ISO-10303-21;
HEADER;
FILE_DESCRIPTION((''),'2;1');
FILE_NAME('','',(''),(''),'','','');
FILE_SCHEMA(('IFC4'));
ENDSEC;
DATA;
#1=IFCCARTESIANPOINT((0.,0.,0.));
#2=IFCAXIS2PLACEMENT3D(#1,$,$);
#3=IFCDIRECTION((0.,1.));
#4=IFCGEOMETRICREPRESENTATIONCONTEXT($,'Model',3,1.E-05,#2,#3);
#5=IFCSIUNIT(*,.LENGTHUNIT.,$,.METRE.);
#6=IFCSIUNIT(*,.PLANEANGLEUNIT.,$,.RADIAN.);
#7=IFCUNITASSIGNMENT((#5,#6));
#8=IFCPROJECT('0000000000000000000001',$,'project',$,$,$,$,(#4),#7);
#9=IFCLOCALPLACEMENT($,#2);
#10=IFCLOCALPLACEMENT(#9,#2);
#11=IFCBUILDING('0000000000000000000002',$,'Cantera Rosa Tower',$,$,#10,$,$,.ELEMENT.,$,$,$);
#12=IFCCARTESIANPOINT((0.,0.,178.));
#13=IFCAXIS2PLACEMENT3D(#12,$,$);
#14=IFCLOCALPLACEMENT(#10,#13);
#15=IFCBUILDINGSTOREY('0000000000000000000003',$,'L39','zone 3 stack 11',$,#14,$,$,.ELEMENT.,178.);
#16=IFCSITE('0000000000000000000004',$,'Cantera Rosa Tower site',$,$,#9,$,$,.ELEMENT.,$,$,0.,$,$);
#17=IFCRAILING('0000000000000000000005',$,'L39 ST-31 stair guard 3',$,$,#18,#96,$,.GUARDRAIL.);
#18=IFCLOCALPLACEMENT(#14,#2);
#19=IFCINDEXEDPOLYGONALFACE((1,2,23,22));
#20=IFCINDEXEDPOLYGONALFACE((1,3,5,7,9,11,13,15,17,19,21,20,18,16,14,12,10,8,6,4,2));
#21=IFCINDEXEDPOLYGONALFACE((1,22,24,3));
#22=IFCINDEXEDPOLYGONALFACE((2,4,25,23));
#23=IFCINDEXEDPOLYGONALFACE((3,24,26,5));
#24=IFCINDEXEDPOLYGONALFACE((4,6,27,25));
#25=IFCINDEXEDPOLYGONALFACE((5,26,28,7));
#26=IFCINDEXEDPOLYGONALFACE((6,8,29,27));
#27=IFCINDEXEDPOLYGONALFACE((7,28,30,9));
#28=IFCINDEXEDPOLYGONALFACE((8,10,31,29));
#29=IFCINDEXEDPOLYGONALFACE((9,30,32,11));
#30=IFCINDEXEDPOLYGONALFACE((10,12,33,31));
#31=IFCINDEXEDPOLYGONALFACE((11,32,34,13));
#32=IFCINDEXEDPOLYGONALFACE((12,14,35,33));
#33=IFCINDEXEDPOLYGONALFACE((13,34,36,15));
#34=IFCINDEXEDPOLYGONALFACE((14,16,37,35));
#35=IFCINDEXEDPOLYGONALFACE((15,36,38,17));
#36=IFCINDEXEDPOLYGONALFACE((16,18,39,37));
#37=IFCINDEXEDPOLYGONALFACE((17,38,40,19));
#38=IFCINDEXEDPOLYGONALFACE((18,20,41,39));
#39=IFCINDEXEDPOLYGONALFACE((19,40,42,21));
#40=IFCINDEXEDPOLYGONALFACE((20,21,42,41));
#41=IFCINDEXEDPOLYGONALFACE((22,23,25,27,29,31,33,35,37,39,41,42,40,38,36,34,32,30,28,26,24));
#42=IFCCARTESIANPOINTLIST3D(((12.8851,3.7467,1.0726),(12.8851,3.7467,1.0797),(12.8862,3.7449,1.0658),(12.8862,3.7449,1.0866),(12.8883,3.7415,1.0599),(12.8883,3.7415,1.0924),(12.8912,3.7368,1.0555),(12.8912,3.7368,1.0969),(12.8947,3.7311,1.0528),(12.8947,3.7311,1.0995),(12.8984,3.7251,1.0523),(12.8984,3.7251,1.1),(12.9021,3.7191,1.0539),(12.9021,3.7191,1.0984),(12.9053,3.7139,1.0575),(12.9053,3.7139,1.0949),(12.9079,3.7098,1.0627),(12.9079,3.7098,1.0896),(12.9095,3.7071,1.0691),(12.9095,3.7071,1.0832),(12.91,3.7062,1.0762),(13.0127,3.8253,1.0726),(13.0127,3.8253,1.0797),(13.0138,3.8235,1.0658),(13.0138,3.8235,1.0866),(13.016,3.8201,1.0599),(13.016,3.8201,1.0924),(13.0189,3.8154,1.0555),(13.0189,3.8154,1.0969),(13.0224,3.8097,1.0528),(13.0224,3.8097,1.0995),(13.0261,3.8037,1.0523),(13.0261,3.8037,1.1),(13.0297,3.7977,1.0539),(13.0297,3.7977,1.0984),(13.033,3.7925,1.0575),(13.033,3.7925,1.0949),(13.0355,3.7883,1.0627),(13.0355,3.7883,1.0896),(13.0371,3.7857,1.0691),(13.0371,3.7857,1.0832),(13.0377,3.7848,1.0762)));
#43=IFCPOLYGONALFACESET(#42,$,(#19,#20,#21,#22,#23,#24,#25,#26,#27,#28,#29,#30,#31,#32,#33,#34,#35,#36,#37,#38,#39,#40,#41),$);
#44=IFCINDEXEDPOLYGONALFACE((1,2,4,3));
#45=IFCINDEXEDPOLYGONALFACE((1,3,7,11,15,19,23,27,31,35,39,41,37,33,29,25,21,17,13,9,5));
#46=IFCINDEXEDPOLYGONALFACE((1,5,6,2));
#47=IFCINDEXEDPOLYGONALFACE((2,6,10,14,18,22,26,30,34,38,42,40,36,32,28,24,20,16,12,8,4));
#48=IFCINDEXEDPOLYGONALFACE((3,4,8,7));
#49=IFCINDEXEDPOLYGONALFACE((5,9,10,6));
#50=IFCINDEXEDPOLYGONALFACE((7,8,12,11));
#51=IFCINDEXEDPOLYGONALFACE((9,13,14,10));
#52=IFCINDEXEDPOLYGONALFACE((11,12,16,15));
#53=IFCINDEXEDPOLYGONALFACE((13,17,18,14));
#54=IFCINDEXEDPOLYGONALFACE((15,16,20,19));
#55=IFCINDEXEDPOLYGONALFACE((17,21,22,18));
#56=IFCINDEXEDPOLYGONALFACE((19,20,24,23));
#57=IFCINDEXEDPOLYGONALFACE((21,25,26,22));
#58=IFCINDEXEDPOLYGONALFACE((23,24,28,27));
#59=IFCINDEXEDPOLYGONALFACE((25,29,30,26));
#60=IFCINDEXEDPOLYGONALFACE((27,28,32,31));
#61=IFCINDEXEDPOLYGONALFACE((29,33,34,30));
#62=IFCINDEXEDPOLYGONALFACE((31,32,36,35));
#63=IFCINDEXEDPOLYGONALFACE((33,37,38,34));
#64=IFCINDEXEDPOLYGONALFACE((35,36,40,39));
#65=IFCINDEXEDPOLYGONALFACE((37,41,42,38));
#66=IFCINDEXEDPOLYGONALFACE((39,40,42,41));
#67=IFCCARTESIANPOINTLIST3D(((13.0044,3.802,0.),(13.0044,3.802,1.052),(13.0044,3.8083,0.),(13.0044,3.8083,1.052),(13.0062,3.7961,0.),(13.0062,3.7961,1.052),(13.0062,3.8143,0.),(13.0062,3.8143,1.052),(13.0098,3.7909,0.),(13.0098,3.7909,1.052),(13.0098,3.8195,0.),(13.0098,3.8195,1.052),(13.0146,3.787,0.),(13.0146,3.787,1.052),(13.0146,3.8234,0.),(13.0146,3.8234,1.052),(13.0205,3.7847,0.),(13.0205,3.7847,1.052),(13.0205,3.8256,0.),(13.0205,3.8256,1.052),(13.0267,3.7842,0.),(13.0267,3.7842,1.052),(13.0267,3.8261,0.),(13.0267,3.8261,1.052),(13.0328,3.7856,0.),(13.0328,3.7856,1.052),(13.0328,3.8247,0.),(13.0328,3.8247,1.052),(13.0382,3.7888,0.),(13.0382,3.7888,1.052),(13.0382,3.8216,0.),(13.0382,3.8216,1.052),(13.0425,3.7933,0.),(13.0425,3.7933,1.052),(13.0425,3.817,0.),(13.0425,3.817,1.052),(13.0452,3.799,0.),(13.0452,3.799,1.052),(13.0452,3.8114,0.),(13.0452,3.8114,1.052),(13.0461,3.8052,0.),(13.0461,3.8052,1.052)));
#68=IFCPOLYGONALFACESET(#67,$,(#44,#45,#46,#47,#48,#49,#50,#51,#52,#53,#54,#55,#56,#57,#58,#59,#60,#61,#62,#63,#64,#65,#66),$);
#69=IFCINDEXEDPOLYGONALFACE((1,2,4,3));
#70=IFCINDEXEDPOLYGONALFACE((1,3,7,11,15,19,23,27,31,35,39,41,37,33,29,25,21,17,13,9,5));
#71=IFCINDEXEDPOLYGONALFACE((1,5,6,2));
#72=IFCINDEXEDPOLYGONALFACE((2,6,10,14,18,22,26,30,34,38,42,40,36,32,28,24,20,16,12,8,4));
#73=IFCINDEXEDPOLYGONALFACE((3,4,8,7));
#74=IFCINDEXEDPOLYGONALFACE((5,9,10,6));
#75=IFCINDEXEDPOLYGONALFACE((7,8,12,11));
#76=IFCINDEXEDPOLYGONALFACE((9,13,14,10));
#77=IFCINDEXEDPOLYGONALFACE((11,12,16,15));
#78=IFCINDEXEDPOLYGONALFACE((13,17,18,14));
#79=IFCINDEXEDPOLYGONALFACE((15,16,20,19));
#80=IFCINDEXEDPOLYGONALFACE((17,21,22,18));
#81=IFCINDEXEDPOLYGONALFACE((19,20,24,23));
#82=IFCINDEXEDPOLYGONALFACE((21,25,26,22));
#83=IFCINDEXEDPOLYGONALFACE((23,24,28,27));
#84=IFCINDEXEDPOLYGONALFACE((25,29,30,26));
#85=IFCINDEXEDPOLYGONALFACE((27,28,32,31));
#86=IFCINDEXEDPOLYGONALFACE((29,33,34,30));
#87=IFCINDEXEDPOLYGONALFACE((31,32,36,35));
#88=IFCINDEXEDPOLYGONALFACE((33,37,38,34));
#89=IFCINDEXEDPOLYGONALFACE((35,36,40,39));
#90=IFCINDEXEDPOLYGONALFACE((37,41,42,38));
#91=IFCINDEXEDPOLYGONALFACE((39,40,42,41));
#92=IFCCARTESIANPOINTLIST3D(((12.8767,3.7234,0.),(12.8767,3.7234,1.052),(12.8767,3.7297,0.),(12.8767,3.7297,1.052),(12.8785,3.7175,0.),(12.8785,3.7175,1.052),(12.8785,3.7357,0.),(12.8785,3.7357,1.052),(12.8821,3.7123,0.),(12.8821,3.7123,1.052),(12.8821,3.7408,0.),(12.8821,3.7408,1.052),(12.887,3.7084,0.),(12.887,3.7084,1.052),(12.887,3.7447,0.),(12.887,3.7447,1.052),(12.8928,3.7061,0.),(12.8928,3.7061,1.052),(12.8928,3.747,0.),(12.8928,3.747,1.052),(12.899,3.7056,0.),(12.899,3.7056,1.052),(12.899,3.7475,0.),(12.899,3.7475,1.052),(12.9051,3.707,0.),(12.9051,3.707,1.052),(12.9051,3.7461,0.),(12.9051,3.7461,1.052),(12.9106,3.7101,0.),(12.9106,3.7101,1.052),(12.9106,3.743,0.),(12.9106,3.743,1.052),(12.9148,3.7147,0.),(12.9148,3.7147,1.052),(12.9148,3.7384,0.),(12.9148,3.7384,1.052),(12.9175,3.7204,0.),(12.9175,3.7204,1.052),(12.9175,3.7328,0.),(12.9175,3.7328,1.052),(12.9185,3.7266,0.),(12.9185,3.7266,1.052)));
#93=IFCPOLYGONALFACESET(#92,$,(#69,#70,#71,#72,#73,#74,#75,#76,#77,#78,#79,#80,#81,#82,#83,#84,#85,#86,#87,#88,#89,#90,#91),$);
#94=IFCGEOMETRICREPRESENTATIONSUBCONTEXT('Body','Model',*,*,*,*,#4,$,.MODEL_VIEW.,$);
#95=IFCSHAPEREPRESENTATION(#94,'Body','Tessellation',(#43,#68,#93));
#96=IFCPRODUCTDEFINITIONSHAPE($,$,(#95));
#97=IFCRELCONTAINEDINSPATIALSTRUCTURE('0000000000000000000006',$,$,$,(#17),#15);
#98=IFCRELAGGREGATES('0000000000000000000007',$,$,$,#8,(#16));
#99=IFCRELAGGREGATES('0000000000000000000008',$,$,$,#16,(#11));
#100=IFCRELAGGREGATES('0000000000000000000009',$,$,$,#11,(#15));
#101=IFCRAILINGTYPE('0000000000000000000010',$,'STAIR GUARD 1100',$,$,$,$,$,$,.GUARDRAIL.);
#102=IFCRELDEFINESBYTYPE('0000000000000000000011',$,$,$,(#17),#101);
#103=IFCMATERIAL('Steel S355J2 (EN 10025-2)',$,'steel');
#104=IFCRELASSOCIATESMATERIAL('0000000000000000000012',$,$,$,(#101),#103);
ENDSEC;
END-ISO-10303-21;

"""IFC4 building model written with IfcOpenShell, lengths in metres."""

from ifc_helpers import new_model, si_unit, direction, frame, origin, origin_2d, place, context, subcontext, project, spatial, circle, extrude, material, type_object, element, save


model = new_model("IFC4")

# Units and contexts
model_context = context("Model", 3, precision=1e-05, world=origin(), true_north=direction((0.0, 1.0)))
body_context = subcontext(model_context, "Body", "Model", "MODEL_VIEW")
ifc_project = project(units=[si_unit("LENGTHUNIT", "METRE"), si_unit("PLANEANGLEUNIT", "RADIAN")], contexts=[model_context])

# Site, building, storey
site_placement = place(None, origin())
site = spatial("IfcSite", under=ifc_project, at=site_placement, Name="Cantera Rosa Tower site", CompositionType="ELEMENT", RefElevation=0.0)
building_placement = place(site_placement, origin())
building = spatial("IfcBuilding", under=site, at=building_placement, Name="Cantera Rosa Tower", CompositionType="ELEMENT")
storey_placement = place(building_placement, frame((0.0, 0.0, 178.0)))
storey = spatial("IfcBuildingStorey", under=building, at=storey_placement, Name="L39", Description="zone 3 stack 11", CompositionType="ELEMENT", Elevation=178.0)

# Railing
ifc_material_1 = material(Name="Steel S355J2 (EN 10025-2)", Category="steel")
railing_type_1 = type_object("IfcRailingType", Name="STAIR GUARD 1100", PredefinedType="GUARDRAIL", material=ifc_material_1)
railing_1_placement = place(storey_placement, frame((13.0251, 3.8052, 0.0)))
element("IfcRailing", 1, at=railing_1_placement, inside=storey, type_object=railing_type_1, Name="L39 ST-31 stair guard 3", PredefinedType="GUARDRAIL", context=body_context, shape_type="SweptSolid", body=[
    extrude(circle(Radius=0.0239, at=origin_2d()), frame((0.0, 0.0, 1.0762), z_axis=(-0.851546, -0.524279, 0.0), x_axis=(0.524279, -0.851546, 0.0)), (0.0, 0.0, 1.0), 0.1499),
    extrude(circle(Radius=0.021, at=origin_2d()), origin(), (0.0, 0.0, 1.0), 1.052),
    extrude(circle(Radius=0.021, at=origin_2d()), frame((-0.1277, -0.0786, 0.0)), (0.0, 0.0, 1.0), 1.052),
])

save(model, "model.ifc")
